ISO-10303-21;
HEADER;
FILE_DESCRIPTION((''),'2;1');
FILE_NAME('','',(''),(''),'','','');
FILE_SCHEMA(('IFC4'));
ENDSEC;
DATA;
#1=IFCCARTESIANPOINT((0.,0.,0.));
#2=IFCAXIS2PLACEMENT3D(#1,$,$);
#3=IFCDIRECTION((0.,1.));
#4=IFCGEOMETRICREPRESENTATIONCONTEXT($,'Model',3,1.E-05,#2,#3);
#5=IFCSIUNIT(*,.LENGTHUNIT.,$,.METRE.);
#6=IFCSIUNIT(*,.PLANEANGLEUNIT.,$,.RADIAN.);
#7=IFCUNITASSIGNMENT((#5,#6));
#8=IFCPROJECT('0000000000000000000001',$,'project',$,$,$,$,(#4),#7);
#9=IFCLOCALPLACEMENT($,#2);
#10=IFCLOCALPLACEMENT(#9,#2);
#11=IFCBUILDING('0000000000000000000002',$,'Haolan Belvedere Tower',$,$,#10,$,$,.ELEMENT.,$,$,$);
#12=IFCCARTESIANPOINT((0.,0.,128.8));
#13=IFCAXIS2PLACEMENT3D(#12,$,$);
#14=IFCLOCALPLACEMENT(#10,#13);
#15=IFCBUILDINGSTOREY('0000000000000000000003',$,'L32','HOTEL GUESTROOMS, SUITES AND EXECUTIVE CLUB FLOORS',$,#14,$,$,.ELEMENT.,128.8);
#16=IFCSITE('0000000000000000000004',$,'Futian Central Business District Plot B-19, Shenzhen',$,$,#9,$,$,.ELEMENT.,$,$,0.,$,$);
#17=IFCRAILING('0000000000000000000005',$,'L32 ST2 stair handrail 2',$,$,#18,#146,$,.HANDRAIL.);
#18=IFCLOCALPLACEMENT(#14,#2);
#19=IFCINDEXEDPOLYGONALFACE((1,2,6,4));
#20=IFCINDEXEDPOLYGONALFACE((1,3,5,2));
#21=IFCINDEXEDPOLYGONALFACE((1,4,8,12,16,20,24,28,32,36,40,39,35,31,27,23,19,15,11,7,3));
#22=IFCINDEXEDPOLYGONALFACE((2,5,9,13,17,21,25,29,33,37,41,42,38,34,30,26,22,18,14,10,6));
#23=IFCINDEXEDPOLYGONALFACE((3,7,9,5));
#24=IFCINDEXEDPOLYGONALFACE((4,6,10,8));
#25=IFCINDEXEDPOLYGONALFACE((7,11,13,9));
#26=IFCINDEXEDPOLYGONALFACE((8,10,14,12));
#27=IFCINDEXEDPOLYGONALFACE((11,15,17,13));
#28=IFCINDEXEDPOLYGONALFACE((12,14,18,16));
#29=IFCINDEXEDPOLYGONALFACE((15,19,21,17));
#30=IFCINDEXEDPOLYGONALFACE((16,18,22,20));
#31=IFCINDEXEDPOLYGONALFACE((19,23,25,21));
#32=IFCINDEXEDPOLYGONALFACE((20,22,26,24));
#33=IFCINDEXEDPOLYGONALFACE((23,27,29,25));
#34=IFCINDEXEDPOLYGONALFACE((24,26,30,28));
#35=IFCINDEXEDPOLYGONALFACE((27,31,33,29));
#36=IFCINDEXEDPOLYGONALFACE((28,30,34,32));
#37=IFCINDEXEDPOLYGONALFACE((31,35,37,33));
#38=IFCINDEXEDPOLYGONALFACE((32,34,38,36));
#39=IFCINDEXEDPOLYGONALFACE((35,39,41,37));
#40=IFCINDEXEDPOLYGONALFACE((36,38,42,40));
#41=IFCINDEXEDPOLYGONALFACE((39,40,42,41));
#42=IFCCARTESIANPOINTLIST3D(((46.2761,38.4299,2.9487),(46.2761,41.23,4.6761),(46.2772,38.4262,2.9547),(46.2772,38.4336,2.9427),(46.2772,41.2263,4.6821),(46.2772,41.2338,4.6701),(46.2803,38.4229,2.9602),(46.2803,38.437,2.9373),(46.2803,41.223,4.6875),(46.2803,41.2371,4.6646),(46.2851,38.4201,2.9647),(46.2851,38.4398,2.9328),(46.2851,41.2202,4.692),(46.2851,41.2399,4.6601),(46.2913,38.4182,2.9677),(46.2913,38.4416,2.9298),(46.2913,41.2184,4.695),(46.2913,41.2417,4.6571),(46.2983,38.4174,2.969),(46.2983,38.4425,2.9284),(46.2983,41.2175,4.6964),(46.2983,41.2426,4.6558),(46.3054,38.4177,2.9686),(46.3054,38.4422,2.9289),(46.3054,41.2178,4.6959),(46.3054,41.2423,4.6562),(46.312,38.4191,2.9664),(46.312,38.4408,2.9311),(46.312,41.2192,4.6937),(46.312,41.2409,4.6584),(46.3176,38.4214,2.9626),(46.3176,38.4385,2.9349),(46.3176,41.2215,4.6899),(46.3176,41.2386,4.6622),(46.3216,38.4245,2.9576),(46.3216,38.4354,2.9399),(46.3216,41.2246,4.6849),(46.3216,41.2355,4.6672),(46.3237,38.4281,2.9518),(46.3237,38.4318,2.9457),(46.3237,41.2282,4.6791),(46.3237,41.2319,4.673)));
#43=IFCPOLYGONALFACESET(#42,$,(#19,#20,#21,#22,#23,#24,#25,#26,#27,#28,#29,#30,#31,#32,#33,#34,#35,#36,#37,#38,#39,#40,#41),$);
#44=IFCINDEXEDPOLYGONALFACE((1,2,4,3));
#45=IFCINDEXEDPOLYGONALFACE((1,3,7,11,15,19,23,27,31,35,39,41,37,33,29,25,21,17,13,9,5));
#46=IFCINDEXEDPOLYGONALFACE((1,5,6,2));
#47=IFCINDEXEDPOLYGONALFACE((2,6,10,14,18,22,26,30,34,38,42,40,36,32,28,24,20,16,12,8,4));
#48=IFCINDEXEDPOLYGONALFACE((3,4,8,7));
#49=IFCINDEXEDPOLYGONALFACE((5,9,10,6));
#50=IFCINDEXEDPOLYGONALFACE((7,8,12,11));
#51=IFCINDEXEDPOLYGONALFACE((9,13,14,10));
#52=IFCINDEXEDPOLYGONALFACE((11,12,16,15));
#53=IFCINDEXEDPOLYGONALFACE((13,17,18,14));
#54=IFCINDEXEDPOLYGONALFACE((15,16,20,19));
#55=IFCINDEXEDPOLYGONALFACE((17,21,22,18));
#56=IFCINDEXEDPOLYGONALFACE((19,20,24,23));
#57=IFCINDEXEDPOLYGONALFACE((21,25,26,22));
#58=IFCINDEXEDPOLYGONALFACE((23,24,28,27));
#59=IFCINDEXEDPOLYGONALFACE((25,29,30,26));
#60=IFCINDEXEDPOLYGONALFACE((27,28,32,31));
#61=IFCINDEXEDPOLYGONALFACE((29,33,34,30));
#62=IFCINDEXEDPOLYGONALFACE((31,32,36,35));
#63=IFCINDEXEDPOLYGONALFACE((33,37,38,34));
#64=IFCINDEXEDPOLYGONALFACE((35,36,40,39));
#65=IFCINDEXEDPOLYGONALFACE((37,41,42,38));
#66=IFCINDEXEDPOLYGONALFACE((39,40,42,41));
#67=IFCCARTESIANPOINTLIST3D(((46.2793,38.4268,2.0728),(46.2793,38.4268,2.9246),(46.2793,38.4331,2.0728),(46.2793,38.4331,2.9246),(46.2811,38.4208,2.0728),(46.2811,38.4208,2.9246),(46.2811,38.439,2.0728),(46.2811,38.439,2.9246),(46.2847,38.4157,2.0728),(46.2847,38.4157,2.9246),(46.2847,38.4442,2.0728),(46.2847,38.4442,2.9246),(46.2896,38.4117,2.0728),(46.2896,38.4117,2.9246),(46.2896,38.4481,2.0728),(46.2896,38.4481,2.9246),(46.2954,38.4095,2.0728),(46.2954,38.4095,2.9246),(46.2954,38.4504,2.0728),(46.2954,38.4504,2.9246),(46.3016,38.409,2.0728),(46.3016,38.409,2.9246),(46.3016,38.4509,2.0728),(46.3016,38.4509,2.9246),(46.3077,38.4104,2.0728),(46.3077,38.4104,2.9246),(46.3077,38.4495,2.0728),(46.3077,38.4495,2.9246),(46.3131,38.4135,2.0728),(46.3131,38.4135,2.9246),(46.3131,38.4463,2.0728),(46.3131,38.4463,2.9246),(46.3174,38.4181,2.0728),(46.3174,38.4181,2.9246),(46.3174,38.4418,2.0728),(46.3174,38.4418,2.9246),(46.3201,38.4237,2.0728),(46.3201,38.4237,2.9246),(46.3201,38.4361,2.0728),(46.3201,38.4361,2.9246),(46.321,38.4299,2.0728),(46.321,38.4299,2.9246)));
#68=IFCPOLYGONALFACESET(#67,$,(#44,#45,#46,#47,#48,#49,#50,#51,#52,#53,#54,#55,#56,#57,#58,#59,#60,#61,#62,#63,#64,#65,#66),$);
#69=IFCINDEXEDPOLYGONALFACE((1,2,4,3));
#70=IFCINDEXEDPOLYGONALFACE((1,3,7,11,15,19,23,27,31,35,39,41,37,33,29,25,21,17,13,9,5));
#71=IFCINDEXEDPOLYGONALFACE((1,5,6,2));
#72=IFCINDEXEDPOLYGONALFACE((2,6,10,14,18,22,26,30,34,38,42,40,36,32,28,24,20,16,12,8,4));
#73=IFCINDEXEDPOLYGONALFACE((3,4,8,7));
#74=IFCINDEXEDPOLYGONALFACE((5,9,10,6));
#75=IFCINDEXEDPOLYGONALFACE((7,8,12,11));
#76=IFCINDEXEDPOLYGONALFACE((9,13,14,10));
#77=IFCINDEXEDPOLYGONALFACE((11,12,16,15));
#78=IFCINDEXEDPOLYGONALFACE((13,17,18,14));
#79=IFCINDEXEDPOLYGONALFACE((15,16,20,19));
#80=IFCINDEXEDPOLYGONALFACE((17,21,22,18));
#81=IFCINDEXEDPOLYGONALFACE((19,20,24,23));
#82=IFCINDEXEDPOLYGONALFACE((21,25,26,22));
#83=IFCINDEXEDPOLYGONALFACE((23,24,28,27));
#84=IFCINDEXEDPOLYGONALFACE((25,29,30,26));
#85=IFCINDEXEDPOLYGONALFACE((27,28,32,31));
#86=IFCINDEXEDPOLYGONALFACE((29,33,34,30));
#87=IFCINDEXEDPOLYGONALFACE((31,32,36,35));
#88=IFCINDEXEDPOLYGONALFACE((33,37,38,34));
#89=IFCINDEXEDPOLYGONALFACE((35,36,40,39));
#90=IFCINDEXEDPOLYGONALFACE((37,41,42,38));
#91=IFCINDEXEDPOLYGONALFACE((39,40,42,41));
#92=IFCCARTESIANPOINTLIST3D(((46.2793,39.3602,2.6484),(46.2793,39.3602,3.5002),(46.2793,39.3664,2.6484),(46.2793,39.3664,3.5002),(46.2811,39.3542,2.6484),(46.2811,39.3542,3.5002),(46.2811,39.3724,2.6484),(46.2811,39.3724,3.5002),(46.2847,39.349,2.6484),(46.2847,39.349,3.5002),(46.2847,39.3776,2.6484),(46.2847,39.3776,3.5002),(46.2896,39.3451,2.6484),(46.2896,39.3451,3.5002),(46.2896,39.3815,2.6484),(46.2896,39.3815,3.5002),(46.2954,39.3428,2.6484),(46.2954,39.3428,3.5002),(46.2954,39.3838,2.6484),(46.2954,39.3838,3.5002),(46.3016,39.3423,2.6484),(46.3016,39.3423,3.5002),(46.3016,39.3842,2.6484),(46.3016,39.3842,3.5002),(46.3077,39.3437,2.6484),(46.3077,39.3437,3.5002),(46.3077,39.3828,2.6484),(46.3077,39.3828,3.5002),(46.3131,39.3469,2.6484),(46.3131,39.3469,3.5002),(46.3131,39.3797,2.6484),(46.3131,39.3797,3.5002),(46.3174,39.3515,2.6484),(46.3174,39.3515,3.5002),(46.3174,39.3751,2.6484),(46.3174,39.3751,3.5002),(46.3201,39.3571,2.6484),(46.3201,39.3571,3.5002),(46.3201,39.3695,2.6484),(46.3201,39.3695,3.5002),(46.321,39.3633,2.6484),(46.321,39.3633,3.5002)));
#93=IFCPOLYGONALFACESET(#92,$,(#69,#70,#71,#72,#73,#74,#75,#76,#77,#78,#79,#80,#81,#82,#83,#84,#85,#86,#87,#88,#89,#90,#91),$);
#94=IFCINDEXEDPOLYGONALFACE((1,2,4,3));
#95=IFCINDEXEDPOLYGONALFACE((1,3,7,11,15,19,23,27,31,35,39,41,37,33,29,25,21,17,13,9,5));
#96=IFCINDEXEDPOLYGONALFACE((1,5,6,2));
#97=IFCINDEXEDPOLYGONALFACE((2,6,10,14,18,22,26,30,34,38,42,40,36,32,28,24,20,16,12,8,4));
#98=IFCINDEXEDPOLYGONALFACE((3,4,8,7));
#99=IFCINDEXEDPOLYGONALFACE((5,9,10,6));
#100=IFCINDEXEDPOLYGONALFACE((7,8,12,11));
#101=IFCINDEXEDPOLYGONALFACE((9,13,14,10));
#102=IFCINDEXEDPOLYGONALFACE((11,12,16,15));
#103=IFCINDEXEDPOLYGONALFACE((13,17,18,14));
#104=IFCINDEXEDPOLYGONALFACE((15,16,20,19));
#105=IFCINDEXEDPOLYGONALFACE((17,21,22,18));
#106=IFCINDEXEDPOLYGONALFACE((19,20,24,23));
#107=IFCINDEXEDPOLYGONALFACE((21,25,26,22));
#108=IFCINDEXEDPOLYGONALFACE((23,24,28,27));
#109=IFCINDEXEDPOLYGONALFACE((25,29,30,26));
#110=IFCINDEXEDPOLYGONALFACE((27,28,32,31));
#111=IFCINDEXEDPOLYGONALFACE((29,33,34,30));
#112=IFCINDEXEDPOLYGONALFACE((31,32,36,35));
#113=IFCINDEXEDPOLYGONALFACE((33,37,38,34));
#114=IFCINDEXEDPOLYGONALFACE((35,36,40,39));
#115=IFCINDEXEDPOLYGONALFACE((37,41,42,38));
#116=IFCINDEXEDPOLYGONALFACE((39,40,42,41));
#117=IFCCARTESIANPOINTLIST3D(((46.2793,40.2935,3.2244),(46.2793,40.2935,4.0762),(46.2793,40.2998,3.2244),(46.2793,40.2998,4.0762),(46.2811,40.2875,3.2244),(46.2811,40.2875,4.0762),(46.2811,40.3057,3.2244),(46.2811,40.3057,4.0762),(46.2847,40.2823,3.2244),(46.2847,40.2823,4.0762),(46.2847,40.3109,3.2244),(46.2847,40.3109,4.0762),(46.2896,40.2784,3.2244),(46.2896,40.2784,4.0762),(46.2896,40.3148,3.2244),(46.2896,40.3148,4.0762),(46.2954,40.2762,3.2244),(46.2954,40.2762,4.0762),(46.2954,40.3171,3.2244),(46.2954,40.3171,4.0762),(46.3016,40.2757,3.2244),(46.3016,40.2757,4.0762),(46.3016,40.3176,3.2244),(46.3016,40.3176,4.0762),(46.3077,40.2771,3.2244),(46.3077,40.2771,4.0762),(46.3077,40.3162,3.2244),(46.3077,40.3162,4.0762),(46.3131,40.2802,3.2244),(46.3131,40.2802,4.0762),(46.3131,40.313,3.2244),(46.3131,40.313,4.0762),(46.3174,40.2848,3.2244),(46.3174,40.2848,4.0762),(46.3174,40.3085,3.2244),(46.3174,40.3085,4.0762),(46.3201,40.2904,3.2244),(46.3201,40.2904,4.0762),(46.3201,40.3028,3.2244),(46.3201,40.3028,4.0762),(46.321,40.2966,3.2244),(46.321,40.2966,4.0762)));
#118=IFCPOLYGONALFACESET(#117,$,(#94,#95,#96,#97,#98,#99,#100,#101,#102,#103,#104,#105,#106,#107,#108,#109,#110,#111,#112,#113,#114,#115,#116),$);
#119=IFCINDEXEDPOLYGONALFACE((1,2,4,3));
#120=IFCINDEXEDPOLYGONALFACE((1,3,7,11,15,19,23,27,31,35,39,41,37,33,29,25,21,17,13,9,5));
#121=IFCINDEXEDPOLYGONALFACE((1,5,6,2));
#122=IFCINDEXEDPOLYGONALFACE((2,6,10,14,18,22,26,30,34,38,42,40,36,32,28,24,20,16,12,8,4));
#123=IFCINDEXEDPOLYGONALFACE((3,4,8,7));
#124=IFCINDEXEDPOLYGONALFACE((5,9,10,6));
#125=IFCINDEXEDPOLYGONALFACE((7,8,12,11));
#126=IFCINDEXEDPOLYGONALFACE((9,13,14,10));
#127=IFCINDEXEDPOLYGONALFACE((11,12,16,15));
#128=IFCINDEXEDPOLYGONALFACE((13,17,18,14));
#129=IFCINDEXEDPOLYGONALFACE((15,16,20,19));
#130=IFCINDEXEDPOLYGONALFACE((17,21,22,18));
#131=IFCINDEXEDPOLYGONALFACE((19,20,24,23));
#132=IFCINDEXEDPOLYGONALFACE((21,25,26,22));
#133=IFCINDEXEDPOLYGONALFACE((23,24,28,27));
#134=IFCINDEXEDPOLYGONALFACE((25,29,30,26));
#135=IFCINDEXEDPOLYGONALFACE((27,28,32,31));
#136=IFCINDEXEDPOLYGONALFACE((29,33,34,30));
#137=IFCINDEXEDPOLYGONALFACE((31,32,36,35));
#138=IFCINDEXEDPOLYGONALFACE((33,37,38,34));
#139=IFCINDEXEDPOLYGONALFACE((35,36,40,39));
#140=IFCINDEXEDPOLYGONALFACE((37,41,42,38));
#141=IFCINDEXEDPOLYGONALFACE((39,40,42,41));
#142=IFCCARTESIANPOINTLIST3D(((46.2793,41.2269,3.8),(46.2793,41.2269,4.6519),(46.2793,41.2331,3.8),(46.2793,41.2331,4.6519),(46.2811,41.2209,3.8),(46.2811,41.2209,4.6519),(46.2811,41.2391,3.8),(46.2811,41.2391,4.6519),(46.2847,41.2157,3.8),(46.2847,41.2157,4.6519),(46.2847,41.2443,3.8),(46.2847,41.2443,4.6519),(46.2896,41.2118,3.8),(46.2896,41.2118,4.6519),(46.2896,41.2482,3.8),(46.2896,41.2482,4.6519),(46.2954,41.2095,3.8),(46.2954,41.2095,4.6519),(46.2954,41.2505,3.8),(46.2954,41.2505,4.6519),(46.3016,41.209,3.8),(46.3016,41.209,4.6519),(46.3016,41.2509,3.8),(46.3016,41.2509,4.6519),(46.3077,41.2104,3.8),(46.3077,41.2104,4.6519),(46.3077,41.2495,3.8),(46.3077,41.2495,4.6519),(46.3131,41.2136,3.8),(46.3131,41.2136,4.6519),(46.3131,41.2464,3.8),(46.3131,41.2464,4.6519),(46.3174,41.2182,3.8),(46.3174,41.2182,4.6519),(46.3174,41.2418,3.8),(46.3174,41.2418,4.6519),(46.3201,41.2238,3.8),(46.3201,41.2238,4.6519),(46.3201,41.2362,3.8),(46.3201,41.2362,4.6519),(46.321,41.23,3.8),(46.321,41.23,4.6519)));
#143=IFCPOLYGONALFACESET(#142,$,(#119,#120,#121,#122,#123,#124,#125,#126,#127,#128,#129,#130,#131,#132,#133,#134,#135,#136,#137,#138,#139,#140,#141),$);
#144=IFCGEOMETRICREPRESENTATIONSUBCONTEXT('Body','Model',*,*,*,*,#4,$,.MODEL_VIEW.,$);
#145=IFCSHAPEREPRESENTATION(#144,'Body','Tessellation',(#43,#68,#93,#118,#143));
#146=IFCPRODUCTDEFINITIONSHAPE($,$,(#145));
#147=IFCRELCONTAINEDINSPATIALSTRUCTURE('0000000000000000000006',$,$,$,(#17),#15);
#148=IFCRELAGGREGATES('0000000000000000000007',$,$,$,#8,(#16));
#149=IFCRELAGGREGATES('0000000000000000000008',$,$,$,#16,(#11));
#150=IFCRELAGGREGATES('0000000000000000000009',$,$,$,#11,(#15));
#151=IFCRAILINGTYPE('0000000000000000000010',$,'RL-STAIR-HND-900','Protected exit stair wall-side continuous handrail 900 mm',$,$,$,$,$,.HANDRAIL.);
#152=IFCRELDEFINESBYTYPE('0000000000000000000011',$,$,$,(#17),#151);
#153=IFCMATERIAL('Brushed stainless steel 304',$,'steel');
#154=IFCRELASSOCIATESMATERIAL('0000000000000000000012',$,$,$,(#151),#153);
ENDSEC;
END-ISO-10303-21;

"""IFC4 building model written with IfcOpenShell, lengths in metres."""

from ifc_helpers import new_model, si_unit, direction, frame, origin, origin_2d, place, context, subcontext, project, spatial, circle, extrude, material, type_object, element, save


model = new_model("IFC4")

# Units and contexts
model_context = context("Model", 3, precision=1e-05, world=origin(), true_north=direction((0.0, 1.0)))
body_context = subcontext(model_context, "Body", "Model", "MODEL_VIEW")
ifc_project = project(units=[si_unit("LENGTHUNIT", "METRE"), si_unit("PLANEANGLEUNIT", "RADIAN")], contexts=[model_context])

# Site, building, storey
site_placement = place(None, origin())
site = spatial("IfcSite", under=ifc_project, at=site_placement, Name="Futian Central Business District Plot B-19, Shenzhen", CompositionType="ELEMENT", RefElevation=0.0)
building_placement = place(site_placement, origin())
building = spatial("IfcBuilding", under=site, at=building_placement, Name="Haolan Belvedere Tower", CompositionType="ELEMENT")
storey_placement = place(building_placement, frame((0.0, 0.0, 128.8)))
storey = spatial("IfcBuildingStorey", under=building, at=storey_placement, Name="L32", Description="HOTEL GUESTROOMS, SUITES AND EXECUTIVE CLUB FLOORS", CompositionType="ELEMENT", Elevation=128.8)

# Railing
ifc_material_1 = material(Name="Brushed stainless steel 304", Category="steel")
railing_type = type_object("IfcRailingType", Name="RL-STAIR-HND-900", Description="Protected exit stair wall-side continuous handrail 900 mm", PredefinedType="HANDRAIL", material=ifc_material_1)
railing_placement = place(storey_placement, frame((46.3, 38.4299, 2.0728)))
element("IfcRailing", 1, at=railing_placement, inside=storey, type_object=railing_type, Name="L32 ST2 stair handrail 2", PredefinedType="HANDRAIL", context=body_context, shape_type="SweptSolid", body=[
    extrude(circle(Radius=0.0239, at=origin_2d()), frame((0.0, 0.0, 0.876), z_axis=(0.0, 0.85109, 0.52502), x_axis=(-1.0, 0.0, 0.0)), (0.0, 0.0, 1.0), 3.29),
    extrude(circle(Radius=0.021, at=origin_2d()), origin(), (0.0, 0.0, 1.0), 0.8518),
    extrude(circle(Radius=0.021, at=origin_2d()), frame((0.0, 0.9333, 0.5757)), (0.0, 0.0, 1.0), 0.8518),
    extrude(circle(Radius=0.021, at=origin_2d()), frame((0.0, 1.8667, 1.1516)), (0.0, 0.0, 1.0), 0.8518),
    extrude(circle(Radius=0.021, at=origin_2d()), frame((0.0, 2.8, 1.7273)), (0.0, 0.0, 1.0), 0.8518),
])

save(model, "model.ifc")
